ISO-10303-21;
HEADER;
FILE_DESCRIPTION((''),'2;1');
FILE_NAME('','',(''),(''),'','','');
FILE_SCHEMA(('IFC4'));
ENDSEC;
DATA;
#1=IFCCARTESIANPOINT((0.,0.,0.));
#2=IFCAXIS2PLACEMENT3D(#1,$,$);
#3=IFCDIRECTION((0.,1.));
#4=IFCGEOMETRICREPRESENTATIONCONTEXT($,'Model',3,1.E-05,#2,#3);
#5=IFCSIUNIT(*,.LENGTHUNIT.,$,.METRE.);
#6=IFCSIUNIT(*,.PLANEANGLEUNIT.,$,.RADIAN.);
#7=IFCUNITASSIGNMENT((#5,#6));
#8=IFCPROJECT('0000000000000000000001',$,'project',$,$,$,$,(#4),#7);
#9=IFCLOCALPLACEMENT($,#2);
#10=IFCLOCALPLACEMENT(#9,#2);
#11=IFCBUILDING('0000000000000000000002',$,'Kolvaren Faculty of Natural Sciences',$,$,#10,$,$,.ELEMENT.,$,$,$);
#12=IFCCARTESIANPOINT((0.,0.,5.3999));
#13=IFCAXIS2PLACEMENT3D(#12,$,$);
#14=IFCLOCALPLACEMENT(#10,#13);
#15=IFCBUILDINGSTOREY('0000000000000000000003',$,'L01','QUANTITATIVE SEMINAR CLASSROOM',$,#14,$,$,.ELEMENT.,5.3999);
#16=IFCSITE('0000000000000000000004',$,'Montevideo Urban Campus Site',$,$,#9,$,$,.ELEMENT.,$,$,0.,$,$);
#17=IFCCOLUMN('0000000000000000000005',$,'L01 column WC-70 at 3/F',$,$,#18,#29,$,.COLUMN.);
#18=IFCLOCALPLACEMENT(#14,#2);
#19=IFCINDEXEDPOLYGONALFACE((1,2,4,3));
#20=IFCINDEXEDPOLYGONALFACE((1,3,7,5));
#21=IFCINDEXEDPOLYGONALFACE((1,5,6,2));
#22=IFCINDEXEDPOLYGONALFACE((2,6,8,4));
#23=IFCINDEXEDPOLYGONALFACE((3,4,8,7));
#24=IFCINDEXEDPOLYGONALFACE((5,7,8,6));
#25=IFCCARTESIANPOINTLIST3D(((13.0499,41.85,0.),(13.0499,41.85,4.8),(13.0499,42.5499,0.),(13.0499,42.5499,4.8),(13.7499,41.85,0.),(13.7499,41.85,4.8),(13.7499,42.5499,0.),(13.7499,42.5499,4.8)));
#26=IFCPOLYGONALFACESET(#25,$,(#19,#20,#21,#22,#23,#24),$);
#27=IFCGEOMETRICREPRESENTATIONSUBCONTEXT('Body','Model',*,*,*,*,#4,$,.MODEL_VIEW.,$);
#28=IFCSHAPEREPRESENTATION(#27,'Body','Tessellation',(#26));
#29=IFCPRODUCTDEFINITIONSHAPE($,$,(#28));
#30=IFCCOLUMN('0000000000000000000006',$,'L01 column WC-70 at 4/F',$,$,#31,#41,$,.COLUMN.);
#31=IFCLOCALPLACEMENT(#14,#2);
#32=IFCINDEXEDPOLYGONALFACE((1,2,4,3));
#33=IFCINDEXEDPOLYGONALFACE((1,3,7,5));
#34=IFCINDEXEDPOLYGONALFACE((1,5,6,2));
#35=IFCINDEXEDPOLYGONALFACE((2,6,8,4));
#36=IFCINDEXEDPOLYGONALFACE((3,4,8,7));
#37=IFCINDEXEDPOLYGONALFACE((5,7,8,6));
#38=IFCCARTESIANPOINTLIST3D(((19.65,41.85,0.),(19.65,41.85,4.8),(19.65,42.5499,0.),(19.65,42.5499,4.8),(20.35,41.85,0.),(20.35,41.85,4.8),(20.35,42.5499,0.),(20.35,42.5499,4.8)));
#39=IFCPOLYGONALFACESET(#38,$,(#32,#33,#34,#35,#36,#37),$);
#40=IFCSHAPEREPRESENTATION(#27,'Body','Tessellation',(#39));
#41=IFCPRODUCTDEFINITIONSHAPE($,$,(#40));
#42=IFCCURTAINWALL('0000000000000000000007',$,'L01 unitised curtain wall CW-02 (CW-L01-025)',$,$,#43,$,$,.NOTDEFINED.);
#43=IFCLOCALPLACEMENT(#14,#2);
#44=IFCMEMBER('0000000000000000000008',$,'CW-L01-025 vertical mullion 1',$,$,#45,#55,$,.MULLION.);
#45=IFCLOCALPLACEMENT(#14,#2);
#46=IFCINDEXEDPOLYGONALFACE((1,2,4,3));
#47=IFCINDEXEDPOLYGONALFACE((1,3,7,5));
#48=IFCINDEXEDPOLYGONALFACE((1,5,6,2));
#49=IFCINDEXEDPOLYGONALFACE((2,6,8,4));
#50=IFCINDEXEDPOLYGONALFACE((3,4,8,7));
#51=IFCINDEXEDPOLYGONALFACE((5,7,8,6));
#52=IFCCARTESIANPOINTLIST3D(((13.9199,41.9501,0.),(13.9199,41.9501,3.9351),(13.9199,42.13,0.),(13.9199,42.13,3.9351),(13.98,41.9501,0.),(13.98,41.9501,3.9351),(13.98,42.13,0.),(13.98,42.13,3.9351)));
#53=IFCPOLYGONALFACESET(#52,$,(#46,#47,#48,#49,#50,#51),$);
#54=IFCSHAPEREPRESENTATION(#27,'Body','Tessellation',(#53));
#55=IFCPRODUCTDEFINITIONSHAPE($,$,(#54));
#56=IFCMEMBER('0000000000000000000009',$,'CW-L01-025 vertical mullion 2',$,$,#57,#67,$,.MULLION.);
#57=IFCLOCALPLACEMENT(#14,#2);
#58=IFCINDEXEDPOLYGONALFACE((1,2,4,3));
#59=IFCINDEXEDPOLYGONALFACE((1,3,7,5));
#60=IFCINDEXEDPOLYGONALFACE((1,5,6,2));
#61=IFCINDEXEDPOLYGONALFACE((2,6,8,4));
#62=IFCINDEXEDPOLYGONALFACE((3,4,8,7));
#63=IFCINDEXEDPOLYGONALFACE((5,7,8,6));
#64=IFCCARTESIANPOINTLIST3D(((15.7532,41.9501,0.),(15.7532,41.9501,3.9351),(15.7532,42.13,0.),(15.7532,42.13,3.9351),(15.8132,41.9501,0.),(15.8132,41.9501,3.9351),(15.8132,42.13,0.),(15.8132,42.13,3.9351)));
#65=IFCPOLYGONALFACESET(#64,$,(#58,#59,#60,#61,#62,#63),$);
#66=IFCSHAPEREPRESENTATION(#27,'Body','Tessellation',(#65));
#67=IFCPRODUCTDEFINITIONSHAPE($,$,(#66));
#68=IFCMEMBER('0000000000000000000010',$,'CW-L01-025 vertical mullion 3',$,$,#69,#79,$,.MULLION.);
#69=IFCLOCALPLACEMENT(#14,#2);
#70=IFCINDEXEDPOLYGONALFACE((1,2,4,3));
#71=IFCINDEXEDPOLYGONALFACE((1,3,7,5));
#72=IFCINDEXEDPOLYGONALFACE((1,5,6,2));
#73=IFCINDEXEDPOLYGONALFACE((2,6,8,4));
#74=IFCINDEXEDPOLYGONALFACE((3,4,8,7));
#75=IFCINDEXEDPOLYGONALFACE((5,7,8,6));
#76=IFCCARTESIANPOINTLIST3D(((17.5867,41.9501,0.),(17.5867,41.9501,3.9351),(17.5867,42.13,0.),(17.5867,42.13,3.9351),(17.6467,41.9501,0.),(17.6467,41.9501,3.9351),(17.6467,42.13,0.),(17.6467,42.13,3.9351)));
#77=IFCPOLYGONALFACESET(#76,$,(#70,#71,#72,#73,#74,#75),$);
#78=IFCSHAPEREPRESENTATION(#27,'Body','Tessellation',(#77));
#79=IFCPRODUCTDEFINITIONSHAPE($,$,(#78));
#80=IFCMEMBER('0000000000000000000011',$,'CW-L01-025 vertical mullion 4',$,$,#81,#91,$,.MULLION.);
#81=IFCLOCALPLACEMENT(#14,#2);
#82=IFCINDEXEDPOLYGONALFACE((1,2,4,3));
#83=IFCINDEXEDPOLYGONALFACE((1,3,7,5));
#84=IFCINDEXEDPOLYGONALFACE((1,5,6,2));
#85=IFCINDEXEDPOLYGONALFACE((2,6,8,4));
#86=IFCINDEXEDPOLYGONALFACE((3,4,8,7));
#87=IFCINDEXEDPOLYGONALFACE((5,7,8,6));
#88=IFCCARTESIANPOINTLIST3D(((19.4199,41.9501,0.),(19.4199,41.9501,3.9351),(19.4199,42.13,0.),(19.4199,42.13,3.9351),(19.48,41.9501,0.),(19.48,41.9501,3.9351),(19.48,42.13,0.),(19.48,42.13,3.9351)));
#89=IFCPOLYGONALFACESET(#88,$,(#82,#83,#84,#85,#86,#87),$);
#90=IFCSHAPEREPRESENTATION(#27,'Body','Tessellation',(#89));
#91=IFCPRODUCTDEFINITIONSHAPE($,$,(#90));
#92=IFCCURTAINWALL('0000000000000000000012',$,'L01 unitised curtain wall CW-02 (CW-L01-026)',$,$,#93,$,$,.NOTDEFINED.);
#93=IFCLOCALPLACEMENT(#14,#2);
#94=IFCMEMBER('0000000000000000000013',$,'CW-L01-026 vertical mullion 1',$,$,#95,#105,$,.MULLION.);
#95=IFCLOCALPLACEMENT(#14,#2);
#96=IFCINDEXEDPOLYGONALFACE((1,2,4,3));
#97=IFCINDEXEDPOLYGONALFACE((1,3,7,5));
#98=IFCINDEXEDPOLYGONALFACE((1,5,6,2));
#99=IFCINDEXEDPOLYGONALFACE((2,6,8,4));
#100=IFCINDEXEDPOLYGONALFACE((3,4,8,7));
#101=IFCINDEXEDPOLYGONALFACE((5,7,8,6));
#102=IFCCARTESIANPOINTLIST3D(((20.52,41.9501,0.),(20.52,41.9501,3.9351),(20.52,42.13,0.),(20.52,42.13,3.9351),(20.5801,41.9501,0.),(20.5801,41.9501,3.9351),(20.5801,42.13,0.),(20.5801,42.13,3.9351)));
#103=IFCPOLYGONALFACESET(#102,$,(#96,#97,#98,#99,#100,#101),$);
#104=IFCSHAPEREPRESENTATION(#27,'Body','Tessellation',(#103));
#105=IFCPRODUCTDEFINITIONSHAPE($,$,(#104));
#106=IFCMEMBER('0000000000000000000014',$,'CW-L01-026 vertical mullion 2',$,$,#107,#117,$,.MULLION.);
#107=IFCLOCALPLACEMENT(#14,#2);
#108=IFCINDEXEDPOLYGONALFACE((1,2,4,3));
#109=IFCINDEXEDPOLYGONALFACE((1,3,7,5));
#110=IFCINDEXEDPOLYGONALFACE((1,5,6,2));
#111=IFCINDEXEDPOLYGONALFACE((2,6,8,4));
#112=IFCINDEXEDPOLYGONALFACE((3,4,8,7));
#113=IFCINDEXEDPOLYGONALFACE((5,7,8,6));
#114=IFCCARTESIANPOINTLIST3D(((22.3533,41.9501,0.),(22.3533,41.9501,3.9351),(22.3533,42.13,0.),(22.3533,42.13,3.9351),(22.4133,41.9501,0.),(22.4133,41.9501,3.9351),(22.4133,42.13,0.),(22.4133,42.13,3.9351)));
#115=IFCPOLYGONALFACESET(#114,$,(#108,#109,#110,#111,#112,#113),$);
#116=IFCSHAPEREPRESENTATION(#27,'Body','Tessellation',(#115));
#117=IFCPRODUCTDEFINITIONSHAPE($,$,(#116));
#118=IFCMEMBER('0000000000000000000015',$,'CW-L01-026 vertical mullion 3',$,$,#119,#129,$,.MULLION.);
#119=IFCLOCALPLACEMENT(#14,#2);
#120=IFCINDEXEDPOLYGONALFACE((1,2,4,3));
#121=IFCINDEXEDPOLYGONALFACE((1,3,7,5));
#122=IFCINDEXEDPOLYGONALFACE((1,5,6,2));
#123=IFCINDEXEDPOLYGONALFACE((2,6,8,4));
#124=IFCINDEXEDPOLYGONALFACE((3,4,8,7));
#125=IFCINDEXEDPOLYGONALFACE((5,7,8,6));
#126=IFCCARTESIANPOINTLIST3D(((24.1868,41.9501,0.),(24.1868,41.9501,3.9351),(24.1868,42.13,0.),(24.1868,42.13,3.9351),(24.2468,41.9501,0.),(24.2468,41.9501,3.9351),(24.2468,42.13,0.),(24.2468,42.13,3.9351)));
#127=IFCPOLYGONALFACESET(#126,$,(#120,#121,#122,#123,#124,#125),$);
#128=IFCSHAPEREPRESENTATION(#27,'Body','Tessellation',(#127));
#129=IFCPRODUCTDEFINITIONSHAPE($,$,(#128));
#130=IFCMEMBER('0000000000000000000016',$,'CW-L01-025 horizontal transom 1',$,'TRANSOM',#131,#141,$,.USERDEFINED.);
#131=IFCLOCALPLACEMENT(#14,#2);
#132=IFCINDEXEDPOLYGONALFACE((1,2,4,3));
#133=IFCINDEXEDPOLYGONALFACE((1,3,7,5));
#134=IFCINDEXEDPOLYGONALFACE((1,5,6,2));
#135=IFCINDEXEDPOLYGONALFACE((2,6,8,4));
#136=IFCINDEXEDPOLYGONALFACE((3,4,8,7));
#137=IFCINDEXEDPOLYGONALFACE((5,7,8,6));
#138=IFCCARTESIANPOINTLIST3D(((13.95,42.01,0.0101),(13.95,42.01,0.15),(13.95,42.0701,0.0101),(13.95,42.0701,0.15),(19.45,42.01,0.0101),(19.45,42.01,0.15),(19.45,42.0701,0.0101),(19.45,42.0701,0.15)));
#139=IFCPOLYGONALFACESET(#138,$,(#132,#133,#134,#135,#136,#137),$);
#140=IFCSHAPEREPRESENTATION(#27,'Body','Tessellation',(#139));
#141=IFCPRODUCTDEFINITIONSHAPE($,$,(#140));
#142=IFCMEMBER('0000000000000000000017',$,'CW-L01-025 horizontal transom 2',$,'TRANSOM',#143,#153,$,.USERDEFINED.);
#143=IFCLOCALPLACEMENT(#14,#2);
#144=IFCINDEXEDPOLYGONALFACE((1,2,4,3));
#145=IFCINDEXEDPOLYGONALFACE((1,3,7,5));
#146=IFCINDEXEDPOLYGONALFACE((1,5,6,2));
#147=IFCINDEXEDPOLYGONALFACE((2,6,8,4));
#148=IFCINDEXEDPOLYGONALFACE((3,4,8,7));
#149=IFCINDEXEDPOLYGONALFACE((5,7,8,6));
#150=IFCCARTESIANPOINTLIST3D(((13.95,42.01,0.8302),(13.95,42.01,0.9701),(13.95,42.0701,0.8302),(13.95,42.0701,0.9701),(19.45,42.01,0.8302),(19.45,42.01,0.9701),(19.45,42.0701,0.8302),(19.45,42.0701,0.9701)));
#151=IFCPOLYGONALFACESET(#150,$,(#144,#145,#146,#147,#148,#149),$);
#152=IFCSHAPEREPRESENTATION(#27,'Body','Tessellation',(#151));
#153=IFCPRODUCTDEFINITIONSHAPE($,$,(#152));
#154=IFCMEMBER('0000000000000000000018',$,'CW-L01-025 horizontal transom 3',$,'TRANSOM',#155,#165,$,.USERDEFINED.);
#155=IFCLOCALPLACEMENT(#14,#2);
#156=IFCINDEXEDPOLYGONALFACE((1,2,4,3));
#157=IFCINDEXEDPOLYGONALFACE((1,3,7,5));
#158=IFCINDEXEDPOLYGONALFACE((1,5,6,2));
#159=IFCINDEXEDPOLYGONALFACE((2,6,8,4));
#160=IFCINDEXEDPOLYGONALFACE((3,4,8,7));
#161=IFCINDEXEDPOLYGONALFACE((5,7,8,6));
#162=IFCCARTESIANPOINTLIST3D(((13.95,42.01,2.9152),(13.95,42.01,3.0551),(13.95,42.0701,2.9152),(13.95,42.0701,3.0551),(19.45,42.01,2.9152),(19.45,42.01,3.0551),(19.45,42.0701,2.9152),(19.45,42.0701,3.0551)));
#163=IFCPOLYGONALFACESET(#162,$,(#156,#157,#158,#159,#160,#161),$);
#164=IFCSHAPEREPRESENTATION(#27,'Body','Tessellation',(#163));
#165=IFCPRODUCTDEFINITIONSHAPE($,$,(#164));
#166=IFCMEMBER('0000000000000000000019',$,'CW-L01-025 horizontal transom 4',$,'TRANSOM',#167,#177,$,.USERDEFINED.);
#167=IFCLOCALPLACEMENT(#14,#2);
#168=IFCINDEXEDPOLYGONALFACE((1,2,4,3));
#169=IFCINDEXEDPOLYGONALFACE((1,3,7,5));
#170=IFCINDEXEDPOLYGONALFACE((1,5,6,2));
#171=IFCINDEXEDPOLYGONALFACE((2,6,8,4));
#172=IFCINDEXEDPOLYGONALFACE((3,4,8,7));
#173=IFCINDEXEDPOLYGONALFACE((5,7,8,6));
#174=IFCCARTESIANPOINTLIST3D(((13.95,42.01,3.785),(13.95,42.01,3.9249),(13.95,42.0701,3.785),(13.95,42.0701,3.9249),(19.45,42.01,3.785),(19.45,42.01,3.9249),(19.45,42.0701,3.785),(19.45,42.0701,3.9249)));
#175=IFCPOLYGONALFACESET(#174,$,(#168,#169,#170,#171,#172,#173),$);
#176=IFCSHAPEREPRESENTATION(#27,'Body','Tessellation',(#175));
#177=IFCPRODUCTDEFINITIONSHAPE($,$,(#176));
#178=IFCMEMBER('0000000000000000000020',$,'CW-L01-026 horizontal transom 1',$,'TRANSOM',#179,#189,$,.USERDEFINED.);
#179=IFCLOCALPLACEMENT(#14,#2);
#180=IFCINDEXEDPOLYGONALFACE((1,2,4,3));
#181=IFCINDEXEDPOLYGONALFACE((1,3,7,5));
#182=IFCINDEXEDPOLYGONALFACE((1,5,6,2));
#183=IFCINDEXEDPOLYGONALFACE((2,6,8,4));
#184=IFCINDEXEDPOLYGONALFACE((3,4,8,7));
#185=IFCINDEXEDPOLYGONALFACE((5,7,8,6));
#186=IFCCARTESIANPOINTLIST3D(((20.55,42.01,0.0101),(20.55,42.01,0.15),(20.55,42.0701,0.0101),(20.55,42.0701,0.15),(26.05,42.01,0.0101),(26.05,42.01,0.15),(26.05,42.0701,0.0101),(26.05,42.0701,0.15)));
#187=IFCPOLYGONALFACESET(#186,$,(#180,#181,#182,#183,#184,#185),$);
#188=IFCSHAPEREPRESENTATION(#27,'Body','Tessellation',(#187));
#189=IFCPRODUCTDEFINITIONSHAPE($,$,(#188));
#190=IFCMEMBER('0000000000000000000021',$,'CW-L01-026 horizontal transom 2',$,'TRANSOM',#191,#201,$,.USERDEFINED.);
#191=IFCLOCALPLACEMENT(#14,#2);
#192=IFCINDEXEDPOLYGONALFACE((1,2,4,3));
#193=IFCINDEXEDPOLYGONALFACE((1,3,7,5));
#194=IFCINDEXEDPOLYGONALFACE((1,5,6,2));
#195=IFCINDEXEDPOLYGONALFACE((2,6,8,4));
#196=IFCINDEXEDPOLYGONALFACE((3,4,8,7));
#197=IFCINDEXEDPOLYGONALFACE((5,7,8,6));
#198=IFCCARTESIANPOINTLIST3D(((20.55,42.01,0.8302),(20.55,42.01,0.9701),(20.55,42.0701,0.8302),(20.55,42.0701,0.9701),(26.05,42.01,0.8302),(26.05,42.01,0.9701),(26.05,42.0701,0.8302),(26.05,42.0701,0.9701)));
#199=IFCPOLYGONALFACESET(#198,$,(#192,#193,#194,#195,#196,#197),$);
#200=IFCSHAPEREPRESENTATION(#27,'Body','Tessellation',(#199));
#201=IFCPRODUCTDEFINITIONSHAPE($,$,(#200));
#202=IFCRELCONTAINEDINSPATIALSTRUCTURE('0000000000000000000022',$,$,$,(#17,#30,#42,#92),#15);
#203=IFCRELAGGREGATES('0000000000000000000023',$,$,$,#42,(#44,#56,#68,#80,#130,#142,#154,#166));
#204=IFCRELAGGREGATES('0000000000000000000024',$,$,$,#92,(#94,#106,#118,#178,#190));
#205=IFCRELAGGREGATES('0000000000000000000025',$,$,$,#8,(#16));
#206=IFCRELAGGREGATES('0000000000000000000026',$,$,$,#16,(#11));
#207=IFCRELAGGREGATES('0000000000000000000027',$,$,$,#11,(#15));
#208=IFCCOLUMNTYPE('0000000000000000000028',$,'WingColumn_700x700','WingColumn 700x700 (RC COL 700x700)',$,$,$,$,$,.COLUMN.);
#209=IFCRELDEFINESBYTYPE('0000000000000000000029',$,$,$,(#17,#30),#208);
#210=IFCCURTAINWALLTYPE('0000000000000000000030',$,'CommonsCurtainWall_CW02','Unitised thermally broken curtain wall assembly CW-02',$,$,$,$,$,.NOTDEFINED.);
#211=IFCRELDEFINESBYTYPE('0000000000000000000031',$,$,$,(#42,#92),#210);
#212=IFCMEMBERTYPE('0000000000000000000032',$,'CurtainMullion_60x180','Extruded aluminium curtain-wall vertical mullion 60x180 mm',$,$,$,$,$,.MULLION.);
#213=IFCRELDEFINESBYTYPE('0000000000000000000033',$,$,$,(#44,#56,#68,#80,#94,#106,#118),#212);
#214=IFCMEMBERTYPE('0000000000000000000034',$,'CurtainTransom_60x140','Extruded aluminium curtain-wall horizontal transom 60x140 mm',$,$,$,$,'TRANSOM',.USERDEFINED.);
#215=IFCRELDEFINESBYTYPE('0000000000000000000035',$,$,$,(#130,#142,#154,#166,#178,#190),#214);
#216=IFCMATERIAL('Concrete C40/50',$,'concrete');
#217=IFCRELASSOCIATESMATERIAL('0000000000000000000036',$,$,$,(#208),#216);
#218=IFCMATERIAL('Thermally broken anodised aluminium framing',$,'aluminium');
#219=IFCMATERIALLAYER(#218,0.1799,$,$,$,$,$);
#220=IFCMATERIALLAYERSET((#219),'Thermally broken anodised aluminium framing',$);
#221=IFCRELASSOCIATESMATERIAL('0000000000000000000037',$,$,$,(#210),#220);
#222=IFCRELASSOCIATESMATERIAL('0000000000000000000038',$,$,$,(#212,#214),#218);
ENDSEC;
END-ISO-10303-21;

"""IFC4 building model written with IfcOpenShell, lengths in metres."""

from ifc_helpers import new_model, si_unit, direction, frame, origin, origin_2d, place, context, subcontext, project, spatial, rectangle, extrude, material, layer, layer_set, material_profile, profile_set, type_object, element, aggregate, save


model = new_model("IFC4")

# Units and contexts
model_context = context("Model", 3, precision=1e-05, world=origin(), true_north=direction((0.0, 1.0)))
body_context = subcontext(model_context, "Body", "Model", "MODEL_VIEW")
ifc_project = project(units=[si_unit("LENGTHUNIT", "METRE"), si_unit("PLANEANGLEUNIT", "RADIAN")], contexts=[model_context])

# Site, building, storey
site_placement = place(None, origin())
site = spatial("IfcSite", under=ifc_project, at=site_placement, Name="Montevideo Urban Campus Site", CompositionType="ELEMENT", RefElevation=0.0)
building_placement = place(site_placement, origin())
building = spatial("IfcBuilding", under=site, at=building_placement, Name="Kolvaren Faculty of Natural Sciences", CompositionType="ELEMENT")
storey_placement = place(building_placement, frame((0.0, 0.0, 5.3999)))
storey = spatial("IfcBuildingStorey", under=building, at=storey_placement, Name="L01", Description="QUANTITATIVE SEMINAR CLASSROOM", CompositionType="ELEMENT", Elevation=5.3999)

# Columns
ifc_material_1 = material(Name="Concrete C40/50", Category="concrete")
ifc_material_profile_1 = material_profile(ifc_material_1, rectangle(XDim=0.7, YDim=0.7, at=origin_2d()), Name="RC COL 700x700")
ifc_profile_set_1 = profile_set([ifc_material_profile_1], Name="Concrete C40/50")
column_type = type_object("IfcColumnType", Name="WingColumn_700x700", Description="WingColumn 700x700 (RC COL 700x700)", PredefinedType="COLUMN", material=ifc_profile_set_1)
for number, where, z_axis, x_axis, name in (
    (1, (13.3999, 42.2, 0.0), (0.0, 0.0, 1.0), (1.0, 0.0, 0.0), "L01 column WC-70 at 3/F"),
    (2, (20.0, 42.2, 0.0), (0.0, 0.0, 1.0), (1.0, 0.0, 0.0), "L01 column WC-70 at 4/F"),
):
    element("IfcColumn", number, at=place(storey_placement, frame(where, z_axis=z_axis, x_axis=x_axis)), inside=storey, type_object=column_type, Name=name, PredefinedType="COLUMN", context=body_context, shape_type="SweptSolid", body=[
        extrude(rectangle(XDim=0.7, YDim=0.7, at=origin_2d()), origin(), (0.0, 0.0, 1.0), 4.8),
    ])

# Curtain walls, members
ifc_material_2 = material(Name="Thermally broken anodised aluminium framing", Category="aluminium")
ifc_layer_1 = layer(ifc_material_2, 0.1799)
ifc_layer_set_1 = layer_set([ifc_layer_1], Name="Thermally broken anodised aluminium framing")
curtain_wall_type = type_object("IfcCurtainWallType", Name="CommonsCurtainWall_CW02", Description="Unitised thermally broken curtain wall assembly CW-02", PredefinedType="NOTDEFINED", material=ifc_layer_set_1)
curtain_wall_1_placement = place(storey_placement, origin())
curtain_wall_1 = element("IfcCurtainWall", 3, at=curtain_wall_1_placement, inside=storey, type_object=curtain_wall_type, Name="L01 unitised curtain wall CW-02 (CW-L01-025)", PredefinedType="NOTDEFINED")
ifc_material_profile_2 = material_profile(ifc_material_2, rectangle(XDim=0.0601, YDim=0.1799, at=origin_2d()), Name="ALU MUL 60x180")
ifc_profile_set_2 = profile_set([ifc_material_profile_2], Name="Thermally broken anodised aluminium framing")
member_type_1 = type_object("IfcMemberType", Name="CurtainMullion_60x180", Description="Extruded aluminium curtain-wall vertical mullion 60x180 mm", PredefinedType="MULLION", material=ifc_profile_set_2)
member_1_placement = place(storey_placement, frame((13.95, 42.04, 0.0), z_axis=(0.0, 0.0, 1.0), x_axis=(1.0, 0.0, 0.0)))
member_1 = element("IfcMember", 4, at=member_1_placement, type_object=member_type_1, Name="CW-L01-025 vertical mullion 1", PredefinedType="MULLION", context=body_context, shape_type="SweptSolid", body=[
    extrude(rectangle(XDim=0.0601, YDim=0.1799, at=origin_2d()), origin(), (0.0, 0.0, 1.0), 3.9351),
])
member_2_placement = place(storey_placement, frame((15.7832, 42.04, 0.0), z_axis=(0.0, 0.0, 1.0), x_axis=(1.0, 0.0, 0.0)))
member_2 = element("IfcMember", 5, at=member_2_placement, type_object=member_type_1, Name="CW-L01-025 vertical mullion 2", PredefinedType="MULLION", context=body_context, shape_type="SweptSolid", body=[
    extrude(rectangle(XDim=0.0601, YDim=0.1799, at=origin_2d()), origin(), (0.0, 0.0, 1.0), 3.9351),
])
member_3_placement = place(storey_placement, frame((17.6167, 42.04, 0.0), z_axis=(0.0, 0.0, 1.0), x_axis=(1.0, 0.0, 0.0)))
member_3 = element("IfcMember", 6, at=member_3_placement, type_object=member_type_1, Name="CW-L01-025 vertical mullion 3", PredefinedType="MULLION", context=body_context, shape_type="SweptSolid", body=[
    extrude(rectangle(XDim=0.0601, YDim=0.1799, at=origin_2d()), origin(), (0.0, 0.0, 1.0), 3.9351),
])
member_4_placement = place(storey_placement, frame((19.45, 42.04, 0.0), z_axis=(0.0, 0.0, 1.0), x_axis=(1.0, 0.0, 0.0)))
member_4 = element("IfcMember", 7, at=member_4_placement, type_object=member_type_1, Name="CW-L01-025 vertical mullion 4", PredefinedType="MULLION", context=body_context, shape_type="SweptSolid", body=[
    extrude(rectangle(XDim=0.0601, YDim=0.1799, at=origin_2d()), origin(), (0.0, 0.0, 1.0), 3.9351),
])
curtain_wall_2_placement = place(storey_placement, origin())
curtain_wall_2 = element("IfcCurtainWall", 8, at=curtain_wall_2_placement, inside=storey, type_object=curtain_wall_type, Name="L01 unitised curtain wall CW-02 (CW-L01-026)", PredefinedType="NOTDEFINED")
member_5_placement = place(storey_placement, frame((20.55, 42.04, 0.0), z_axis=(0.0, 0.0, 1.0), x_axis=(1.0, 0.0, 0.0)))
member_5 = element("IfcMember", 9, at=member_5_placement, type_object=member_type_1, Name="CW-L01-026 vertical mullion 1", PredefinedType="MULLION", context=body_context, shape_type="SweptSolid", body=[
    extrude(rectangle(XDim=0.0601, YDim=0.1799, at=origin_2d()), origin(), (0.0, 0.0, 1.0), 3.9351),
])
member_6_placement = place(storey_placement, frame((22.3833, 42.04, 0.0), z_axis=(0.0, 0.0, 1.0), x_axis=(1.0, 0.0, 0.0)))
member_6 = element("IfcMember", 10, at=member_6_placement, type_object=member_type_1, Name="CW-L01-026 vertical mullion 2", PredefinedType="MULLION", context=body_context, shape_type="SweptSolid", body=[
    extrude(rectangle(XDim=0.0601, YDim=0.1799, at=origin_2d()), origin(), (0.0, 0.0, 1.0), 3.9351),
])
member_7_placement = place(storey_placement, frame((24.2168, 42.04, 0.0), z_axis=(0.0, 0.0, 1.0), x_axis=(1.0, 0.0, 0.0)))
member_7 = element("IfcMember", 11, at=member_7_placement, type_object=member_type_1, Name="CW-L01-026 vertical mullion 3", PredefinedType="MULLION", context=body_context, shape_type="SweptSolid", body=[
    extrude(rectangle(XDim=0.0601, YDim=0.1799, at=origin_2d()), origin(), (0.0, 0.0, 1.0), 3.9351),
])

# Members
ifc_material_profile_3 = material_profile(ifc_material_2, rectangle(XDim=0.0601, YDim=0.1399, at=origin_2d()), Name="ALU TRN 60x140")
ifc_profile_set_3 = profile_set([ifc_material_profile_3], Name="Thermally broken anodised aluminium framing")
member_type_2 = type_object("IfcMemberType", Name="CurtainTransom_60x140", Description="Extruded aluminium curtain-wall horizontal transom 60x140 mm", ElementType="TRANSOM", PredefinedType="USERDEFINED", material=ifc_profile_set_3)
member_8_placement = place(storey_placement, frame((13.95, 42.04, 0.0801), z_axis=(1.0, 0.0, 0.0), x_axis=(0.0, 1.0, 0.0)))
member_8 = element("IfcMember", 12, at=member_8_placement, type_object=member_type_2, Name="CW-L01-025 horizontal transom 1", ObjectType="TRANSOM", PredefinedType="USERDEFINED", context=body_context, shape_type="SweptSolid", body=[
    extrude(rectangle(XDim=0.0601, YDim=0.1399, at=origin_2d()), origin(), (0.0, 0.0, 1.0), 5.5),
])
member_9_placement = place(storey_placement, frame((13.95, 42.04, 0.9001), z_axis=(1.0, 0.0, 0.0), x_axis=(0.0, 1.0, 0.0)))
member_9 = element("IfcMember", 13, at=member_9_placement, type_object=member_type_2, Name="CW-L01-025 horizontal transom 2", ObjectType="TRANSOM", PredefinedType="USERDEFINED", context=body_context, shape_type="SweptSolid", body=[
    extrude(rectangle(XDim=0.0601, YDim=0.1399, at=origin_2d()), origin(), (0.0, 0.0, 1.0), 5.5),
])
member_10_placement = place(storey_placement, frame((13.95, 42.04, 2.9851), z_axis=(1.0, 0.0, 0.0), x_axis=(0.0, 1.0, 0.0)))
member_10 = element("IfcMember", 14, at=member_10_placement, type_object=member_type_2, Name="CW-L01-025 horizontal transom 3", ObjectType="TRANSOM", PredefinedType="USERDEFINED", context=body_context, shape_type="SweptSolid", body=[
    extrude(rectangle(XDim=0.0601, YDim=0.1399, at=origin_2d()), origin(), (0.0, 0.0, 1.0), 5.5),
])
member_11_placement = place(storey_placement, frame((13.95, 42.04, 3.855), z_axis=(1.0, 0.0, 0.0), x_axis=(0.0, 1.0, 0.0)))
member_11 = element("IfcMember", 15, at=member_11_placement, type_object=member_type_2, Name="CW-L01-025 horizontal transom 4", ObjectType="TRANSOM", PredefinedType="USERDEFINED", context=body_context, shape_type="SweptSolid", body=[
    extrude(rectangle(XDim=0.0601, YDim=0.1399, at=origin_2d()), origin(), (0.0, 0.0, 1.0), 5.5),
])
member_12_placement = place(storey_placement, frame((20.55, 42.04, 0.0801), z_axis=(1.0, 0.0, 0.0), x_axis=(0.0, 1.0, 0.0)))
member_12 = element("IfcMember", 16, at=member_12_placement, type_object=member_type_2, Name="CW-L01-026 horizontal transom 1", ObjectType="TRANSOM", PredefinedType="USERDEFINED", context=body_context, shape_type="SweptSolid", body=[
    extrude(rectangle(XDim=0.0601, YDim=0.1399, at=origin_2d()), origin(), (0.0, 0.0, 1.0), 5.5),
])
member_13_placement = place(storey_placement, frame((20.55, 42.04, 0.9001), z_axis=(1.0, 0.0, 0.0), x_axis=(0.0, 1.0, 0.0)))
member_13 = element("IfcMember", 17, at=member_13_placement, type_object=member_type_2, Name="CW-L01-026 horizontal transom 2", ObjectType="TRANSOM", PredefinedType="USERDEFINED", context=body_context, shape_type="SweptSolid", body=[
    extrude(rectangle(XDim=0.0601, YDim=0.1399, at=origin_2d()), origin(), (0.0, 0.0, 1.0), 5.5),
])

aggregate(curtain_wall_1, [member_1, member_2, member_3, member_4, member_8, member_9, member_10, member_11])
aggregate(curtain_wall_2, [member_5, member_6, member_7, member_12, member_13])

save(model, "model.ifc")
